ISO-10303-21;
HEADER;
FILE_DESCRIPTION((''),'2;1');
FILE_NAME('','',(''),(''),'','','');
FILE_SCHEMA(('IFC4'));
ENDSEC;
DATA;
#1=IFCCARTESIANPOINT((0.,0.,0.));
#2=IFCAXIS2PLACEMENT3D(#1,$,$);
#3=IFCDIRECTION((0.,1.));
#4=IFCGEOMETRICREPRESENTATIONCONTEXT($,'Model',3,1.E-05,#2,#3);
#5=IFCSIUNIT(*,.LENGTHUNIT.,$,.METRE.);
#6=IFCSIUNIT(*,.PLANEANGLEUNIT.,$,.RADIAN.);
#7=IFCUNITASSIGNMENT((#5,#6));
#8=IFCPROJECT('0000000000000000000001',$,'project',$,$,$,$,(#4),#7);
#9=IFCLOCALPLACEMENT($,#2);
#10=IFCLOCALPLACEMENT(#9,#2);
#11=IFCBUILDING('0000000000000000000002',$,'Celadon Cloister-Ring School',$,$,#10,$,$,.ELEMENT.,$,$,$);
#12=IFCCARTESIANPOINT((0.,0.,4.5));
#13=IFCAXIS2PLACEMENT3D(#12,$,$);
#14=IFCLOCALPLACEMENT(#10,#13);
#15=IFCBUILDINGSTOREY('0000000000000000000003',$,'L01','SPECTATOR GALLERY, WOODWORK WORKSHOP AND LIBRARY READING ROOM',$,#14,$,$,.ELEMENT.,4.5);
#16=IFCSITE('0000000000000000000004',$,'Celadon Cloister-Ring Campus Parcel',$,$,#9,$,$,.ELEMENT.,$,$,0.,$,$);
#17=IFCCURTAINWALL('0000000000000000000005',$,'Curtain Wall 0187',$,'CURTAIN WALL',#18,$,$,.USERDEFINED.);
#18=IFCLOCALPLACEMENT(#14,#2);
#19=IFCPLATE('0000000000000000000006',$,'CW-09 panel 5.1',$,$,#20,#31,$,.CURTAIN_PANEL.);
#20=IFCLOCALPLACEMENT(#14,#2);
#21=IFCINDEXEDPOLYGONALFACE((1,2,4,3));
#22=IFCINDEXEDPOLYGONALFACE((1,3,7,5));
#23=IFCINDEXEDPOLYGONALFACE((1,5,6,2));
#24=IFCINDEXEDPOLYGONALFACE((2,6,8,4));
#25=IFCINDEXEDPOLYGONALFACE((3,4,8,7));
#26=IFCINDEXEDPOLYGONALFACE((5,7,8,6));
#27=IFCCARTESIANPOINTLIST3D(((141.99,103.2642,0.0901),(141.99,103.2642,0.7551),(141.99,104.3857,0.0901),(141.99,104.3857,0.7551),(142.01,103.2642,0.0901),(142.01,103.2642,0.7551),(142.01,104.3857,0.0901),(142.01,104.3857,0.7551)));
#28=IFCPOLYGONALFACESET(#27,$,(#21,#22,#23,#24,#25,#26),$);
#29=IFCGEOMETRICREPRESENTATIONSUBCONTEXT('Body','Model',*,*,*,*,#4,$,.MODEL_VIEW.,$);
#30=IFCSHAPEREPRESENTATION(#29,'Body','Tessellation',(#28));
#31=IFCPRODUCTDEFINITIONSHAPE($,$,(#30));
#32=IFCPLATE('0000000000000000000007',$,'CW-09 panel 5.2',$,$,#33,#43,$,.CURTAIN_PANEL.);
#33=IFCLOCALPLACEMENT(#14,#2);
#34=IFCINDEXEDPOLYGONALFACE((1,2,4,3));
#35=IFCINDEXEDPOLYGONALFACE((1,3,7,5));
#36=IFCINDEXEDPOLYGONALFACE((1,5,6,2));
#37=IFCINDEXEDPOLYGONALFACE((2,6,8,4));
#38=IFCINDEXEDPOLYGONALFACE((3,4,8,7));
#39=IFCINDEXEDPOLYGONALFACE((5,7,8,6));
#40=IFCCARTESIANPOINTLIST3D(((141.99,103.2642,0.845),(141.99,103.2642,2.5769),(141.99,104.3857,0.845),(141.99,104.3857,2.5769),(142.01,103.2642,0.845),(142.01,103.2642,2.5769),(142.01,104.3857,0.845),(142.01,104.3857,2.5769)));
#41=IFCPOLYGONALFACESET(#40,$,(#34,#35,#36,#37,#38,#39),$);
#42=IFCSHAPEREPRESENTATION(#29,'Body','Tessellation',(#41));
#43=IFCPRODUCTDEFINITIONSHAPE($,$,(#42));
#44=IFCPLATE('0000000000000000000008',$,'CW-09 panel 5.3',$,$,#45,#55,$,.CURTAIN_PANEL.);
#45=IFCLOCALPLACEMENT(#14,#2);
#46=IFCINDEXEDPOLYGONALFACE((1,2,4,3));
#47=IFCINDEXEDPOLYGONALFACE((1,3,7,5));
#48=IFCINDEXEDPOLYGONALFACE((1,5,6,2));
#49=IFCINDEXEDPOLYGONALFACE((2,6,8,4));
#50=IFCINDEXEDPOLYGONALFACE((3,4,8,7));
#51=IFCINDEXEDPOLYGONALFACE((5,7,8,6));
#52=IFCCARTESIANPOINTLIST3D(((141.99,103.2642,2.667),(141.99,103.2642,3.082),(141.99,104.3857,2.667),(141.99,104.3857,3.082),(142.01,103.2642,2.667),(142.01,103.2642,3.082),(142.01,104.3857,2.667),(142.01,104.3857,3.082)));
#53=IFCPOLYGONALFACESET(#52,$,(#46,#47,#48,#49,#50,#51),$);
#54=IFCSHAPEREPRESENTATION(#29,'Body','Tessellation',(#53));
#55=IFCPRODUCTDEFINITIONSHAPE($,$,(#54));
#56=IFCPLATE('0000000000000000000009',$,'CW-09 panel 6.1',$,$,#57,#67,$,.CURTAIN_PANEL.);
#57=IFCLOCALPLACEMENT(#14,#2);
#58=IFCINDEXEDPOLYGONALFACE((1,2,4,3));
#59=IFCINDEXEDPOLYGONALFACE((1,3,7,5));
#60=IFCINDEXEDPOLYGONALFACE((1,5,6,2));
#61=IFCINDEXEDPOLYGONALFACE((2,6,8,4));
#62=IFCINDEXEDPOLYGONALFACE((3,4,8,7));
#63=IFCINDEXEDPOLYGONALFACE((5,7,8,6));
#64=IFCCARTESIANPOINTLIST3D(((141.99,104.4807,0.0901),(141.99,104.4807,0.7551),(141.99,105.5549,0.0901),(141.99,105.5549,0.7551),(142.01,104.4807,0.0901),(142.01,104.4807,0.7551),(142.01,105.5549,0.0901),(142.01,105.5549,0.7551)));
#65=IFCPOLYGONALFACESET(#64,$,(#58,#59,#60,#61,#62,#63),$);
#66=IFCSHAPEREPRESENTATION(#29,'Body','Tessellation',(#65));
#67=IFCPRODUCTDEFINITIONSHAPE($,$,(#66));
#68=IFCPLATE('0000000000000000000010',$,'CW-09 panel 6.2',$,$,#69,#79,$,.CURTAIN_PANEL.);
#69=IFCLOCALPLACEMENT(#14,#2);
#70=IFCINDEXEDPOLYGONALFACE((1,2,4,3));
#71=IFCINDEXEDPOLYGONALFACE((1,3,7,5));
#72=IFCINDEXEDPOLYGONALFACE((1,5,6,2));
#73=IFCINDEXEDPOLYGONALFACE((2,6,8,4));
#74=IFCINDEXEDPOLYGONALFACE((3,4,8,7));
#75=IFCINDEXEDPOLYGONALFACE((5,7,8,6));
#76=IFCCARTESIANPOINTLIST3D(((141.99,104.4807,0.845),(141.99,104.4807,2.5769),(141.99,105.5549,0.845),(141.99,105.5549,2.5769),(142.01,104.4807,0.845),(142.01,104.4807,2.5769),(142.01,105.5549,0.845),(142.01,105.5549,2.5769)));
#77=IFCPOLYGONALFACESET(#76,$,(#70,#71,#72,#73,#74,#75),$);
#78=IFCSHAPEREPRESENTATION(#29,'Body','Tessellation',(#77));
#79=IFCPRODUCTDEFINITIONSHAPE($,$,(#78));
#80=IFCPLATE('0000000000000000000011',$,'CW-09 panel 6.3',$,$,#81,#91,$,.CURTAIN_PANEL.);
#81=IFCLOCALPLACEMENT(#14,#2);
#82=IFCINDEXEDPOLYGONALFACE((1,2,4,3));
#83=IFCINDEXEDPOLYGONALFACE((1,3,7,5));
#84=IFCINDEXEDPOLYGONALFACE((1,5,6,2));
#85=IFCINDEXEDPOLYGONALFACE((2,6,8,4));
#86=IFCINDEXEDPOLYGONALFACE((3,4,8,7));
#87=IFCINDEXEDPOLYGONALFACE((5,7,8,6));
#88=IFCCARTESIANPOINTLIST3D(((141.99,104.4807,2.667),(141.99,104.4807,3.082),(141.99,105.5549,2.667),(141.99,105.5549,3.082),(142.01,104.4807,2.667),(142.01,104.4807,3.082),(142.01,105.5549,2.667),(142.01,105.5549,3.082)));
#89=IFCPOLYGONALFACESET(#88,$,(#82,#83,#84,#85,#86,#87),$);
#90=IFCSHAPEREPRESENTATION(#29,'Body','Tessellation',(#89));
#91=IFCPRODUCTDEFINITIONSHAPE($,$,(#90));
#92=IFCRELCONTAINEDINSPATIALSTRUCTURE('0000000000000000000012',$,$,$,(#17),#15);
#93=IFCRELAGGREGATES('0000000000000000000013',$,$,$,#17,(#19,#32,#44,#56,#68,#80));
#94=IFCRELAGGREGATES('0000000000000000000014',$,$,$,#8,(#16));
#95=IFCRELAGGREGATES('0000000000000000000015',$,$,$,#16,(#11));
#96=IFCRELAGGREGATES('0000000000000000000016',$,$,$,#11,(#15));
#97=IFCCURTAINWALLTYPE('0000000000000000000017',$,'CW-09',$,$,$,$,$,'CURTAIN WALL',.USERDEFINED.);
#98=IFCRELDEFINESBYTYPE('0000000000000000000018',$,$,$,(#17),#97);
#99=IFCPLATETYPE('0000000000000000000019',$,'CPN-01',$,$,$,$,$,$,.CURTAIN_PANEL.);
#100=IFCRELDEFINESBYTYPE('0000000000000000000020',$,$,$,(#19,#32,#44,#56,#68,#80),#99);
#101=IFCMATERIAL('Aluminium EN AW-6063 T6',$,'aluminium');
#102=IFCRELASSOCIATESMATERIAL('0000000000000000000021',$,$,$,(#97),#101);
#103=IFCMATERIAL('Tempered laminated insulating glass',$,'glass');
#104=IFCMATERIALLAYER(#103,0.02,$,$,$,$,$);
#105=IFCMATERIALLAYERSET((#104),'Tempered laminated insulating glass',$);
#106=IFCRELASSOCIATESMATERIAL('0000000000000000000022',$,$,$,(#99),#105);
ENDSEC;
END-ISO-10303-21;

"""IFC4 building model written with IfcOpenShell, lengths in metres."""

from ifc_helpers import new_model, si_unit, direction, frame, origin, origin_2d, place, context, subcontext, project, spatial, rectangle, extrude, material, layer, layer_set, type_object, element, aggregate, save


model = new_model("IFC4")

# Units and contexts
model_context = context("Model", 3, precision=1e-05, world=origin(), true_north=direction((0.0, 1.0)))
body_context = subcontext(model_context, "Body", "Model", "MODEL_VIEW")
ifc_project = project(units=[si_unit("LENGTHUNIT", "METRE"), si_unit("PLANEANGLEUNIT", "RADIAN")], contexts=[model_context])

# Site, building, storey
site_placement = place(None, origin())
site = spatial("IfcSite", under=ifc_project, at=site_placement, Name="Celadon Cloister-Ring Campus Parcel", CompositionType="ELEMENT", RefElevation=0.0)
building_placement = place(site_placement, origin())
building = spatial("IfcBuilding", under=site, at=building_placement, Name="Celadon Cloister-Ring School", CompositionType="ELEMENT")
storey_placement = place(building_placement, frame((0.0, 0.0, 4.5)))
storey = spatial("IfcBuildingStorey", under=building, at=storey_placement, Name="L01", Description="SPECTATOR GALLERY, WOODWORK WORKSHOP AND LIBRARY READING ROOM", CompositionType="ELEMENT", Elevation=4.5)

# Curtain wall
ifc_material_1 = material(Name="Aluminium EN AW-6063 T6", Category="aluminium")
curtain_wall_type = type_object("IfcCurtainWallType", Name="CW-09", ElementType="CURTAIN WALL", PredefinedType="USERDEFINED", material=ifc_material_1)
curtain_wall_1_placement = place(storey_placement, origin())
curtain_wall_1 = element("IfcCurtainWall", 1, at=curtain_wall_1_placement, inside=storey, type_object=curtain_wall_type, Name="Curtain Wall 0187", ObjectType="CURTAIN WALL", PredefinedType="USERDEFINED")

# Plates
ifc_material_2 = material(Name="Tempered laminated insulating glass", Category="glass")
ifc_layer = layer(ifc_material_2, 0.02)
ifc_layer_set = layer_set([ifc_layer], Name="Tempered laminated insulating glass")
plate_type = type_object("IfcPlateType", Name="CPN-01", PredefinedType="CURTAIN_PANEL", material=ifc_layer_set)
plate_1_placement = place(storey_placement, frame((142.0, 103.825, 0.0901), z_axis=(0.0, 0.0, 1.0), x_axis=(0.0, 1.0, 0.0)))
plate_1 = element("IfcPlate", 2, at=plate_1_placement, type_object=plate_type, Name="CW-09 panel 5.1", PredefinedType="CURTAIN_PANEL", context=body_context, shape_type="SweptSolid", body=[
    extrude(rectangle(XDim=1.1216, YDim=0.02, at=origin_2d()), origin(), (0.0, 0.0, 1.0), 0.665),
])
plate_2_placement = place(storey_placement, frame((142.0, 103.825, 0.845), z_axis=(0.0, 0.0, 1.0), x_axis=(0.0, 1.0, 0.0)))
plate_2 = element("IfcPlate", 3, at=plate_2_placement, type_object=plate_type, Name="CW-09 panel 5.2", PredefinedType="CURTAIN_PANEL", context=body_context, shape_type="SweptSolid", body=[
    extrude(rectangle(XDim=1.1216, YDim=0.02, at=origin_2d()), origin(), (0.0, 0.0, 1.0), 1.7319),
])
plate_3_placement = place(storey_placement, frame((142.0, 103.825, 2.667), z_axis=(0.0, 0.0, 1.0), x_axis=(0.0, 1.0, 0.0)))
plate_3 = element("IfcPlate", 4, at=plate_3_placement, type_object=plate_type, Name="CW-09 panel 5.3", PredefinedType="CURTAIN_PANEL", context=body_context, shape_type="SweptSolid", body=[
    extrude(rectangle(XDim=1.1216, YDim=0.02, at=origin_2d()), origin(), (0.0, 0.0, 1.0), 0.415),
])
plate_4_placement = place(storey_placement, frame((142.0, 105.0178, 0.0901), z_axis=(0.0, 0.0, 1.0), x_axis=(0.0, 1.0, 0.0)))
plate_4 = element("IfcPlate", 5, at=plate_4_placement, type_object=plate_type, Name="CW-09 panel 6.1", PredefinedType="CURTAIN_PANEL", context=body_context, shape_type="SweptSolid", body=[
    extrude(rectangle(XDim=1.0742, YDim=0.02, at=origin_2d()), origin(), (0.0, 0.0, 1.0), 0.665),
])
plate_5_placement = place(storey_placement, frame((142.0, 105.0178, 0.845), z_axis=(0.0, 0.0, 1.0), x_axis=(0.0, 1.0, 0.0)))
plate_5 = element("IfcPlate", 6, at=plate_5_placement, type_object=plate_type, Name="CW-09 panel 6.2", PredefinedType="CURTAIN_PANEL", context=body_context, shape_type="SweptSolid", body=[
    extrude(rectangle(XDim=1.0742, YDim=0.02, at=origin_2d()), origin(), (0.0, 0.0, 1.0), 1.7319),
])
plate_6_placement = place(storey_placement, frame((142.0, 105.0178, 2.667), z_axis=(0.0, 0.0, 1.0), x_axis=(0.0, 1.0, 0.0)))
plate_6 = element("IfcPlate", 7, at=plate_6_placement, type_object=plate_type, Name="CW-09 panel 6.3", PredefinedType="CURTAIN_PANEL", context=body_context, shape_type="SweptSolid", body=[
    extrude(rectangle(XDim=1.0742, YDim=0.02, at=origin_2d()), origin(), (0.0, 0.0, 1.0), 0.415),
])
aggregate(curtain_wall_1, [plate_1, plate_2, plate_3, plate_4, plate_5, plate_6])

save(model, "model.ifc")
